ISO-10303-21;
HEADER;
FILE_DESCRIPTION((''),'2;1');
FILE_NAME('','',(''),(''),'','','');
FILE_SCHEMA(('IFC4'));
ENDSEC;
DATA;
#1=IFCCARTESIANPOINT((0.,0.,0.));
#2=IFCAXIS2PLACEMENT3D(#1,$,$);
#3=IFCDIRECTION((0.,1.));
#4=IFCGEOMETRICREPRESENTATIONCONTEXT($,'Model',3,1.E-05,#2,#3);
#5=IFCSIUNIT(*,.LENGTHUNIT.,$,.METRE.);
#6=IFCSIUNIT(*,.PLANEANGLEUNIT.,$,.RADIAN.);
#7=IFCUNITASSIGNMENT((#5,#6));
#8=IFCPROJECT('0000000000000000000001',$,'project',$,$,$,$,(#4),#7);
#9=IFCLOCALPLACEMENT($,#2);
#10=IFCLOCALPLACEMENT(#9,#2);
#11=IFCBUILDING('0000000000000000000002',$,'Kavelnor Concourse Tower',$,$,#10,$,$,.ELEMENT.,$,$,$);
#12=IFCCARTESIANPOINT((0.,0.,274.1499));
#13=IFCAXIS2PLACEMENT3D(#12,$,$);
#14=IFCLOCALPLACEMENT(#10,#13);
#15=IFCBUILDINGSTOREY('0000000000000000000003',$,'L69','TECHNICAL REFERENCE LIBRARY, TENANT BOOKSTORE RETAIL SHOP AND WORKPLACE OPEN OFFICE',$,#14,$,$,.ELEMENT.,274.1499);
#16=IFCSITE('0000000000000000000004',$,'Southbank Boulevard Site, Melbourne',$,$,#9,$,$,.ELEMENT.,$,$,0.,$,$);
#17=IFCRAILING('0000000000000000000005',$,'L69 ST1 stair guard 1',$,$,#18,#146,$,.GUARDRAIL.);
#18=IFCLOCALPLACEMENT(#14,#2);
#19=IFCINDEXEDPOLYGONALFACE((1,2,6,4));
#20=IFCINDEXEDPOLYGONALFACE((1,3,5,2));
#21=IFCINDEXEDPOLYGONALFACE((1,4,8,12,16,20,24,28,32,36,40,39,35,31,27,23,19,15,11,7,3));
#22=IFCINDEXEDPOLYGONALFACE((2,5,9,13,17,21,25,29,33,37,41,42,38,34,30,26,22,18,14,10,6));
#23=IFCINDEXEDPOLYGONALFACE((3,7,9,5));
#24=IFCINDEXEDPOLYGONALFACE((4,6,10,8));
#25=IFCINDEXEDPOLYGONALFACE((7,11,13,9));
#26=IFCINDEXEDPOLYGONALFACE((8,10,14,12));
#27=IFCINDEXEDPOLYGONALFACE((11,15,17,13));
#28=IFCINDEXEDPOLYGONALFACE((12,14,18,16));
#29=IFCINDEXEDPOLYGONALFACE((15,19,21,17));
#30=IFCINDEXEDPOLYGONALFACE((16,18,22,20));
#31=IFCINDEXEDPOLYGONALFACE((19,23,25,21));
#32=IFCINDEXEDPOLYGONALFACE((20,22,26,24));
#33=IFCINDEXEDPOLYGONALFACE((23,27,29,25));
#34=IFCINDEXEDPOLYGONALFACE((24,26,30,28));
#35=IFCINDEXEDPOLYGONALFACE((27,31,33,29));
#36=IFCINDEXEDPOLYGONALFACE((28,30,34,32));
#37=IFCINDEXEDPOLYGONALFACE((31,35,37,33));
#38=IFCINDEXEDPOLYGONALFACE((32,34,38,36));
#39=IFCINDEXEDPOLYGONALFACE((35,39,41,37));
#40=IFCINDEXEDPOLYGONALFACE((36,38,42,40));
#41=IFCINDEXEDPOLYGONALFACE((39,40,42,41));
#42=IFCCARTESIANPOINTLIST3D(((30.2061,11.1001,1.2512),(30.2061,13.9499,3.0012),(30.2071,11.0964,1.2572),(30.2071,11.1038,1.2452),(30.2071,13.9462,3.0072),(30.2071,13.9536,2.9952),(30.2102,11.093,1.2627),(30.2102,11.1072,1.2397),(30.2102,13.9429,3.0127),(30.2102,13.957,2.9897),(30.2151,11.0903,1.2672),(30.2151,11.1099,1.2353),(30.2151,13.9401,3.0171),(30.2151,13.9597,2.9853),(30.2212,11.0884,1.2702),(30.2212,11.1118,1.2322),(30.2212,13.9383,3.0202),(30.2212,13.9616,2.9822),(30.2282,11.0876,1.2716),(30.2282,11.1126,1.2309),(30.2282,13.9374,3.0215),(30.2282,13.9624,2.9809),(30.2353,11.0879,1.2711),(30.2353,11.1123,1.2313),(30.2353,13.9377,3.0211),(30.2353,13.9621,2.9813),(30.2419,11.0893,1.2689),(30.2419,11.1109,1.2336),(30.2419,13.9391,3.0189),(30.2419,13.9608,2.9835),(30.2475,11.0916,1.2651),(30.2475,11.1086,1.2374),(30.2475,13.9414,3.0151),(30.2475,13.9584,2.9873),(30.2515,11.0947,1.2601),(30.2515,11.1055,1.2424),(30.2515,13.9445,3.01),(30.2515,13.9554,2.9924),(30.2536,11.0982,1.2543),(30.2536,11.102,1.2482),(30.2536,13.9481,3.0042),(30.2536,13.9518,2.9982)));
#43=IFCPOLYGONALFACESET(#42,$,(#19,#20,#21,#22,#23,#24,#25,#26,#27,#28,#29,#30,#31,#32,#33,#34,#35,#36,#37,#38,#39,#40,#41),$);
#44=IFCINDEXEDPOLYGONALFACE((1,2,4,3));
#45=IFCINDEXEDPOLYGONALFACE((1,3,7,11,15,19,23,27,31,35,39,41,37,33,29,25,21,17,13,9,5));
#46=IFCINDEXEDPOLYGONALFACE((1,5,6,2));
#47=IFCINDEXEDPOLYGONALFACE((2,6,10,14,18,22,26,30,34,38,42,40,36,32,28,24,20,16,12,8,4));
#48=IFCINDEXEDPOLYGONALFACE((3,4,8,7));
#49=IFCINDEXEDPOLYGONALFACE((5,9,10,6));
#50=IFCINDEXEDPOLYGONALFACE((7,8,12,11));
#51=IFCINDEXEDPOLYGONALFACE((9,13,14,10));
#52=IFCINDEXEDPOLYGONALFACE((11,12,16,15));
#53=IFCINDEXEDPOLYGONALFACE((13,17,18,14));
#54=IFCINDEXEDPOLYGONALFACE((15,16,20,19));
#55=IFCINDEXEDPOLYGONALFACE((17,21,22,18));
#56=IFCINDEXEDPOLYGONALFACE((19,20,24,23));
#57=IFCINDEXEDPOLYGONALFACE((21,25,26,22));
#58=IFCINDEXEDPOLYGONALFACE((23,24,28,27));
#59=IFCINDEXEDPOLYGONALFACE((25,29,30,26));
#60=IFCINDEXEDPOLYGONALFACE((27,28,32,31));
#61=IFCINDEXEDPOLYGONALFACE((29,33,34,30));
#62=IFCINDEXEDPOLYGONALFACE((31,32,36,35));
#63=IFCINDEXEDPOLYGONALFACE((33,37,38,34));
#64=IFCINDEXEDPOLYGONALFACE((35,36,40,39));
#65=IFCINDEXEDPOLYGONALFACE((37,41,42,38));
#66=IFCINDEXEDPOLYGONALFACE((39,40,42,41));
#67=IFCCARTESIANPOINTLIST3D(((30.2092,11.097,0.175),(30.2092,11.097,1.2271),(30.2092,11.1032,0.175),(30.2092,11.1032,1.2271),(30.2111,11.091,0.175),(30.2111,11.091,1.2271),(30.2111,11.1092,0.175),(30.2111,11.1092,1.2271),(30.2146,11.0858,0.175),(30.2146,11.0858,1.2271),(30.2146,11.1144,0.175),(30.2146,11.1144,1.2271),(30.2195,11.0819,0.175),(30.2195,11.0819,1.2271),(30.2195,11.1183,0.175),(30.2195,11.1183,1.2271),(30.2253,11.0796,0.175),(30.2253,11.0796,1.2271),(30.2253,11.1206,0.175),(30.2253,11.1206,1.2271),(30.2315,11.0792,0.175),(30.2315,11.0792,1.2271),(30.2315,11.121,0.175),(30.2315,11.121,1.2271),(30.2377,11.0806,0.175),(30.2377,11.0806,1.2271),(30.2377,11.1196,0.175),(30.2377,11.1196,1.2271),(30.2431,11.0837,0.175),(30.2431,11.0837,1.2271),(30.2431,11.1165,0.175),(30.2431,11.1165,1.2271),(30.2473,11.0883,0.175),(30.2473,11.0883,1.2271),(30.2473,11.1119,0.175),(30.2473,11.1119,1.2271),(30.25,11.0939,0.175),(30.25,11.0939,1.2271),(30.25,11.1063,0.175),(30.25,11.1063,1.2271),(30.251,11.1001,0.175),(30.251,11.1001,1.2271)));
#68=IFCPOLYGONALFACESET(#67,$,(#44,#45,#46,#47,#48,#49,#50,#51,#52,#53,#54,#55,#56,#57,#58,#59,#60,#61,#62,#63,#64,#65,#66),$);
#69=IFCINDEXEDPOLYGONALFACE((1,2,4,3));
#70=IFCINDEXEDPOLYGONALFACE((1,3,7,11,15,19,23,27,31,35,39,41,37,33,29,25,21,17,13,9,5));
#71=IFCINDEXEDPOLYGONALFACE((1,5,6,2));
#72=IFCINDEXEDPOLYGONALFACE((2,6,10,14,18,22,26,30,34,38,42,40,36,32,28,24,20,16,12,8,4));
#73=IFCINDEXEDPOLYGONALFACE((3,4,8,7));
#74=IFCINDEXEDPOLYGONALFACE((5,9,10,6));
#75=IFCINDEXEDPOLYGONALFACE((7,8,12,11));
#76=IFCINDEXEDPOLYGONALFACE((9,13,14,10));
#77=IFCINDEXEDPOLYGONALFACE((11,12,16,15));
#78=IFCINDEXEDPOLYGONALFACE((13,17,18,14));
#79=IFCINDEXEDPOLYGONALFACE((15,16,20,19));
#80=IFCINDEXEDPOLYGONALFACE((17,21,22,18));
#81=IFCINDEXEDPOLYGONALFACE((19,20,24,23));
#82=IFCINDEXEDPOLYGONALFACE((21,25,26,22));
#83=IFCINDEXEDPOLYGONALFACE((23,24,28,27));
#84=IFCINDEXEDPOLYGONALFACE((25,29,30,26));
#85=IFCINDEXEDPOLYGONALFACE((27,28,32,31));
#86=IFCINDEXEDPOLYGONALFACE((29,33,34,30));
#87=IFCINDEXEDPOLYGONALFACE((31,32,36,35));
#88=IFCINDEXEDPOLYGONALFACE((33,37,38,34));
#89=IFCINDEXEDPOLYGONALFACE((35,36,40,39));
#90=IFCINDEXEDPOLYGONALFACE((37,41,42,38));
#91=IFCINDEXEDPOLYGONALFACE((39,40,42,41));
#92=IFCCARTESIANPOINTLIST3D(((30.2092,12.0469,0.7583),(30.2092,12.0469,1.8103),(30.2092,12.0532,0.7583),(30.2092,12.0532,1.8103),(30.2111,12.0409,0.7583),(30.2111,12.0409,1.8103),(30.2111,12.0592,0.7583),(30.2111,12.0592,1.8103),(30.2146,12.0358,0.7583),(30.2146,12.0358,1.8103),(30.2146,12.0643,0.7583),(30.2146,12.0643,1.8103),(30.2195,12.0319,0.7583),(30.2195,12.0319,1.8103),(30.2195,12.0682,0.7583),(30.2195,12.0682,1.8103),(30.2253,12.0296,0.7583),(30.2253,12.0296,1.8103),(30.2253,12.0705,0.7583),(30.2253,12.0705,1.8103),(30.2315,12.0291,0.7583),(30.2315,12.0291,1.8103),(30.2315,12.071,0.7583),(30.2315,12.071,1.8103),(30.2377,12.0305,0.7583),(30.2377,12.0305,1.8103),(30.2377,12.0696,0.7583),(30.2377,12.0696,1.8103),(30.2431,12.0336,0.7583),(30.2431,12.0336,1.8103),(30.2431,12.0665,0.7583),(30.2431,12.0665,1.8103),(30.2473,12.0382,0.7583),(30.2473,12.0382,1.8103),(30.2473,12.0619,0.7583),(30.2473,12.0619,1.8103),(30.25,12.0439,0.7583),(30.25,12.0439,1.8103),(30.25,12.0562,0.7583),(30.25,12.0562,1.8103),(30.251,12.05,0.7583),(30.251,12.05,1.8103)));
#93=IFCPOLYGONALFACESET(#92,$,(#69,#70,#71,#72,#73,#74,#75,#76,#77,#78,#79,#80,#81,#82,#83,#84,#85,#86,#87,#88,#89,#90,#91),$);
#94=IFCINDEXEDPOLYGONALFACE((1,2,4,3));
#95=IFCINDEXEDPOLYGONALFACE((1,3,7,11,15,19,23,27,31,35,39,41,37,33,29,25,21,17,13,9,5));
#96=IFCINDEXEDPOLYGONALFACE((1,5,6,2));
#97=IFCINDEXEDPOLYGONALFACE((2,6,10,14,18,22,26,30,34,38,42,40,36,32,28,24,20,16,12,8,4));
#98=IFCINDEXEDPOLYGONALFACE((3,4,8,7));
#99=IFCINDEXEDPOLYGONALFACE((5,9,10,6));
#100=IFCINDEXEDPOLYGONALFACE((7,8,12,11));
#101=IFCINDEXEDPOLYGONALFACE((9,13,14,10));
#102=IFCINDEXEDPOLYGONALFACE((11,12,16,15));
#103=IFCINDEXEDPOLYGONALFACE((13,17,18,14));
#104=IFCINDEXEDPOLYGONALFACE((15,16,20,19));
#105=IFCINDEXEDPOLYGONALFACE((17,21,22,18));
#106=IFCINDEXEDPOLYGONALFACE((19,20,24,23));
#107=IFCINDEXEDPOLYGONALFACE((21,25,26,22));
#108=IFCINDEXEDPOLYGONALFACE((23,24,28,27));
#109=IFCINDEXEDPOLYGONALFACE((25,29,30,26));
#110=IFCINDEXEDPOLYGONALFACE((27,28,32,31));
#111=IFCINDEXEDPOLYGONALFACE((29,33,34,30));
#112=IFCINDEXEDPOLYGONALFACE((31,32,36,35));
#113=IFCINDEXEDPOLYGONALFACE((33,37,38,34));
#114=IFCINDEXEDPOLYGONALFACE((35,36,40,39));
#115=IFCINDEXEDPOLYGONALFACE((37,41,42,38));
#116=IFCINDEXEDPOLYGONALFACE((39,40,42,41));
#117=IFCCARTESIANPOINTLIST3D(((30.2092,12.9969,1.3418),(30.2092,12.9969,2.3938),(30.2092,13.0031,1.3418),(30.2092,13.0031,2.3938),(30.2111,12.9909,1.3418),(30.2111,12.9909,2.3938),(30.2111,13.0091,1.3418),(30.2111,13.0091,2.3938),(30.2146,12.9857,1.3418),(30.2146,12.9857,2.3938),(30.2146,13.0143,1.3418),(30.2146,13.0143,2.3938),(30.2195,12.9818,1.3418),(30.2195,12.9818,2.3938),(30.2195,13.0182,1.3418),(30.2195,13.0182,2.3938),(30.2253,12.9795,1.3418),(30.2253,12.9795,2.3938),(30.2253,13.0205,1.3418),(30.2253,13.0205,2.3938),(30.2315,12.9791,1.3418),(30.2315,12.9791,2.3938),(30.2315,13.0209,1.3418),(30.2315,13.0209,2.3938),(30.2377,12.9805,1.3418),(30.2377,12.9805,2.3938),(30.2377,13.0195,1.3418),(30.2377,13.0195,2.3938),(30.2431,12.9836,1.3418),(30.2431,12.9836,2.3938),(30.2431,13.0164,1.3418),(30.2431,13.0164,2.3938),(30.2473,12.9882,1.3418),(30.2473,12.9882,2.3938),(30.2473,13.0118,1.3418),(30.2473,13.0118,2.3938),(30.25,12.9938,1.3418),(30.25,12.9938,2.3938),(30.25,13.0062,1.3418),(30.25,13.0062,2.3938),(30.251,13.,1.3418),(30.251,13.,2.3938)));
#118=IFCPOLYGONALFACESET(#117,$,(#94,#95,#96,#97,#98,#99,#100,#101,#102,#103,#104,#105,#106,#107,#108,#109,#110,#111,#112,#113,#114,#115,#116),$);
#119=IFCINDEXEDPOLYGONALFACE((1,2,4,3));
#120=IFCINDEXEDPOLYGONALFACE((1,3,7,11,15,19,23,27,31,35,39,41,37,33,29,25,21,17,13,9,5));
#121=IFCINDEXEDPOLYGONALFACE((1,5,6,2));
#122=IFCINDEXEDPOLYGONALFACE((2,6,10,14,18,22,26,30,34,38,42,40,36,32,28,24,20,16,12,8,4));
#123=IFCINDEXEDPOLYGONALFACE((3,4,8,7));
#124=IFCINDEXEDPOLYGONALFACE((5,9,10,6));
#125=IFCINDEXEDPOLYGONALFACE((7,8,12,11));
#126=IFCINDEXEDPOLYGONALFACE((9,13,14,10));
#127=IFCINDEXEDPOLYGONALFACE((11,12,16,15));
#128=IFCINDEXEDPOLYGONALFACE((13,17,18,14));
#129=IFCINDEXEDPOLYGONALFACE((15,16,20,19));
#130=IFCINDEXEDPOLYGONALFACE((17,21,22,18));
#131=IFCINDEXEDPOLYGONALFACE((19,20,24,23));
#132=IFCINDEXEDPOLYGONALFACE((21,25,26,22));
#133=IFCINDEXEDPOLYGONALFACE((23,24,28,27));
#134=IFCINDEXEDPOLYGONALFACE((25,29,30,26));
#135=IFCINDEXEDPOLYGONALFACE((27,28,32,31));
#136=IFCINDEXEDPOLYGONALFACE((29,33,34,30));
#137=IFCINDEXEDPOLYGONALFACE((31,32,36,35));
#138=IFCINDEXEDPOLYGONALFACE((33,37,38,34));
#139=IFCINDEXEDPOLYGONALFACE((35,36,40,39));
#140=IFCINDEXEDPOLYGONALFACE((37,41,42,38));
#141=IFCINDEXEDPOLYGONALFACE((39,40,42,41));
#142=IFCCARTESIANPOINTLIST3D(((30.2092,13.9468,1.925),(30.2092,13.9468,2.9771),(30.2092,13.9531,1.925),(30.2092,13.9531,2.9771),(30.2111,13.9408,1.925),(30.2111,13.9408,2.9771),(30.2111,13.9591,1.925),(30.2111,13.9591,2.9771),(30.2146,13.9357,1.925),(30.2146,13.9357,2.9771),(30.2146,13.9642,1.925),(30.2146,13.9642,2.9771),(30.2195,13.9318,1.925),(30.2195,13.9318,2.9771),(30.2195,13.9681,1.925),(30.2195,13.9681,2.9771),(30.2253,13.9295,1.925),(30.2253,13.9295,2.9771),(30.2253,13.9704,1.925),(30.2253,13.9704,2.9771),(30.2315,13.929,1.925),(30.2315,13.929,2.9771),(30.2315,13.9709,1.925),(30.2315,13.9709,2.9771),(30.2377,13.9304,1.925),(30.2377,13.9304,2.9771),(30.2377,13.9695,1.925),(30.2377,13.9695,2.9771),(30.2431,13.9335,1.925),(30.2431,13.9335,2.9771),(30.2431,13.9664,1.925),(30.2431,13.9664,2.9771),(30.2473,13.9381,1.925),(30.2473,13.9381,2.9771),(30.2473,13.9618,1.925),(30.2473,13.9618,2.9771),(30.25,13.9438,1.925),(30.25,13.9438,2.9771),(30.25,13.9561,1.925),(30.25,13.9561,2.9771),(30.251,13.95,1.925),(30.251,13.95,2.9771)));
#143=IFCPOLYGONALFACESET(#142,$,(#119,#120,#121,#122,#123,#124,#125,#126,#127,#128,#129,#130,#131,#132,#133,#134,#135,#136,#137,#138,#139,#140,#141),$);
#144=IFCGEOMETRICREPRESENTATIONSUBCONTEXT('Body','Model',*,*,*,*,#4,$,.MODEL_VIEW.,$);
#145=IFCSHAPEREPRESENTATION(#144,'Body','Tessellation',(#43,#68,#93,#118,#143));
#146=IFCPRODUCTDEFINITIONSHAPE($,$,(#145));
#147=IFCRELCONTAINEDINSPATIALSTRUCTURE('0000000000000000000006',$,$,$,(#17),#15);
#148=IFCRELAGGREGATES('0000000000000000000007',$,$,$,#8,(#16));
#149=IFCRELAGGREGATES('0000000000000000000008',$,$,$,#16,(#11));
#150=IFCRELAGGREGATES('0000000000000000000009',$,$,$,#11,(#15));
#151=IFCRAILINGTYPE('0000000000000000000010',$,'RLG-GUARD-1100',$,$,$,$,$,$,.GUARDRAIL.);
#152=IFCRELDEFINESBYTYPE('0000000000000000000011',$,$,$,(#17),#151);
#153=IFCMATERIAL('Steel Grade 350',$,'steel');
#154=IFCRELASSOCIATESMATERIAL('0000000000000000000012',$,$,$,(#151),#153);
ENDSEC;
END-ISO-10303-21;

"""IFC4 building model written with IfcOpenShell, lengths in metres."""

from ifc_helpers import new_model, si_unit, direction, frame, origin, origin_2d, place, context, subcontext, project, spatial, circle, extrude, material, type_object, element, save


model = new_model("IFC4")

# Units and contexts
model_context = context("Model", 3, precision=1e-05, world=origin(), true_north=direction((0.0, 1.0)))
body_context = subcontext(model_context, "Body", "Model", "MODEL_VIEW")
ifc_project = project(units=[si_unit("LENGTHUNIT", "METRE"), si_unit("PLANEANGLEUNIT", "RADIAN")], contexts=[model_context])

# Site, building, storey
site_placement = place(None, origin())
site = spatial("IfcSite", under=ifc_project, at=site_placement, Name="Southbank Boulevard Site, Melbourne", CompositionType="ELEMENT", RefElevation=0.0)
building_placement = place(site_placement, origin())
building = spatial("IfcBuilding", under=site, at=building_placement, Name="Kavelnor Concourse Tower", CompositionType="ELEMENT")
storey_placement = place(building_placement, frame((0.0, 0.0, 274.1499)))
storey = spatial("IfcBuildingStorey", under=building, at=storey_placement, Name="L69", Description="TECHNICAL REFERENCE LIBRARY, TENANT BOOKSTORE RETAIL SHOP AND WORKPLACE OPEN OFFICE", CompositionType="ELEMENT", Elevation=274.1499)

# Shared definitions
ifc_material_1 = material(Name="Steel Grade 350", Category="steel")

# Railing
railing_type_1 = type_object("IfcRailingType", Name="RLG-GUARD-1100", PredefinedType="GUARDRAIL", material=ifc_material_1)
railing_1_placement = place(storey_placement, frame((30.23, 11.1001, 0.175)))
element("IfcRailing", 1, at=railing_1_placement, inside=storey, type_object=railing_type_1, Name="L69 ST1 stair guard 1", PredefinedType="GUARDRAIL", context=body_context, shape_type="SweptSolid", body=[
    extrude(circle(Radius=0.0239, at=origin_2d()), frame((0.0, 0.0, 1.0762), z_axis=(0.0, 0.852159, 0.523283), x_axis=(-1.0, 0.0, 0.0)), (0.0, 0.0, 1.0), 3.3442),
    extrude(circle(Radius=0.021, at=origin_2d()), origin(), (0.0, 0.0, 1.0), 1.052),
    extrude(circle(Radius=0.021, at=origin_2d()), frame((0.0, 0.95, 0.5833)), (0.0, 0.0, 1.0), 1.052),
    extrude(circle(Radius=0.021, at=origin_2d()), frame((0.0, 1.8999, 1.1667)), (0.0, 0.0, 1.0), 1.052),
    extrude(circle(Radius=0.021, at=origin_2d()), frame((0.0, 2.8499, 1.75)), (0.0, 0.0, 1.0), 1.052),
])

save(model, "model.ifc")
